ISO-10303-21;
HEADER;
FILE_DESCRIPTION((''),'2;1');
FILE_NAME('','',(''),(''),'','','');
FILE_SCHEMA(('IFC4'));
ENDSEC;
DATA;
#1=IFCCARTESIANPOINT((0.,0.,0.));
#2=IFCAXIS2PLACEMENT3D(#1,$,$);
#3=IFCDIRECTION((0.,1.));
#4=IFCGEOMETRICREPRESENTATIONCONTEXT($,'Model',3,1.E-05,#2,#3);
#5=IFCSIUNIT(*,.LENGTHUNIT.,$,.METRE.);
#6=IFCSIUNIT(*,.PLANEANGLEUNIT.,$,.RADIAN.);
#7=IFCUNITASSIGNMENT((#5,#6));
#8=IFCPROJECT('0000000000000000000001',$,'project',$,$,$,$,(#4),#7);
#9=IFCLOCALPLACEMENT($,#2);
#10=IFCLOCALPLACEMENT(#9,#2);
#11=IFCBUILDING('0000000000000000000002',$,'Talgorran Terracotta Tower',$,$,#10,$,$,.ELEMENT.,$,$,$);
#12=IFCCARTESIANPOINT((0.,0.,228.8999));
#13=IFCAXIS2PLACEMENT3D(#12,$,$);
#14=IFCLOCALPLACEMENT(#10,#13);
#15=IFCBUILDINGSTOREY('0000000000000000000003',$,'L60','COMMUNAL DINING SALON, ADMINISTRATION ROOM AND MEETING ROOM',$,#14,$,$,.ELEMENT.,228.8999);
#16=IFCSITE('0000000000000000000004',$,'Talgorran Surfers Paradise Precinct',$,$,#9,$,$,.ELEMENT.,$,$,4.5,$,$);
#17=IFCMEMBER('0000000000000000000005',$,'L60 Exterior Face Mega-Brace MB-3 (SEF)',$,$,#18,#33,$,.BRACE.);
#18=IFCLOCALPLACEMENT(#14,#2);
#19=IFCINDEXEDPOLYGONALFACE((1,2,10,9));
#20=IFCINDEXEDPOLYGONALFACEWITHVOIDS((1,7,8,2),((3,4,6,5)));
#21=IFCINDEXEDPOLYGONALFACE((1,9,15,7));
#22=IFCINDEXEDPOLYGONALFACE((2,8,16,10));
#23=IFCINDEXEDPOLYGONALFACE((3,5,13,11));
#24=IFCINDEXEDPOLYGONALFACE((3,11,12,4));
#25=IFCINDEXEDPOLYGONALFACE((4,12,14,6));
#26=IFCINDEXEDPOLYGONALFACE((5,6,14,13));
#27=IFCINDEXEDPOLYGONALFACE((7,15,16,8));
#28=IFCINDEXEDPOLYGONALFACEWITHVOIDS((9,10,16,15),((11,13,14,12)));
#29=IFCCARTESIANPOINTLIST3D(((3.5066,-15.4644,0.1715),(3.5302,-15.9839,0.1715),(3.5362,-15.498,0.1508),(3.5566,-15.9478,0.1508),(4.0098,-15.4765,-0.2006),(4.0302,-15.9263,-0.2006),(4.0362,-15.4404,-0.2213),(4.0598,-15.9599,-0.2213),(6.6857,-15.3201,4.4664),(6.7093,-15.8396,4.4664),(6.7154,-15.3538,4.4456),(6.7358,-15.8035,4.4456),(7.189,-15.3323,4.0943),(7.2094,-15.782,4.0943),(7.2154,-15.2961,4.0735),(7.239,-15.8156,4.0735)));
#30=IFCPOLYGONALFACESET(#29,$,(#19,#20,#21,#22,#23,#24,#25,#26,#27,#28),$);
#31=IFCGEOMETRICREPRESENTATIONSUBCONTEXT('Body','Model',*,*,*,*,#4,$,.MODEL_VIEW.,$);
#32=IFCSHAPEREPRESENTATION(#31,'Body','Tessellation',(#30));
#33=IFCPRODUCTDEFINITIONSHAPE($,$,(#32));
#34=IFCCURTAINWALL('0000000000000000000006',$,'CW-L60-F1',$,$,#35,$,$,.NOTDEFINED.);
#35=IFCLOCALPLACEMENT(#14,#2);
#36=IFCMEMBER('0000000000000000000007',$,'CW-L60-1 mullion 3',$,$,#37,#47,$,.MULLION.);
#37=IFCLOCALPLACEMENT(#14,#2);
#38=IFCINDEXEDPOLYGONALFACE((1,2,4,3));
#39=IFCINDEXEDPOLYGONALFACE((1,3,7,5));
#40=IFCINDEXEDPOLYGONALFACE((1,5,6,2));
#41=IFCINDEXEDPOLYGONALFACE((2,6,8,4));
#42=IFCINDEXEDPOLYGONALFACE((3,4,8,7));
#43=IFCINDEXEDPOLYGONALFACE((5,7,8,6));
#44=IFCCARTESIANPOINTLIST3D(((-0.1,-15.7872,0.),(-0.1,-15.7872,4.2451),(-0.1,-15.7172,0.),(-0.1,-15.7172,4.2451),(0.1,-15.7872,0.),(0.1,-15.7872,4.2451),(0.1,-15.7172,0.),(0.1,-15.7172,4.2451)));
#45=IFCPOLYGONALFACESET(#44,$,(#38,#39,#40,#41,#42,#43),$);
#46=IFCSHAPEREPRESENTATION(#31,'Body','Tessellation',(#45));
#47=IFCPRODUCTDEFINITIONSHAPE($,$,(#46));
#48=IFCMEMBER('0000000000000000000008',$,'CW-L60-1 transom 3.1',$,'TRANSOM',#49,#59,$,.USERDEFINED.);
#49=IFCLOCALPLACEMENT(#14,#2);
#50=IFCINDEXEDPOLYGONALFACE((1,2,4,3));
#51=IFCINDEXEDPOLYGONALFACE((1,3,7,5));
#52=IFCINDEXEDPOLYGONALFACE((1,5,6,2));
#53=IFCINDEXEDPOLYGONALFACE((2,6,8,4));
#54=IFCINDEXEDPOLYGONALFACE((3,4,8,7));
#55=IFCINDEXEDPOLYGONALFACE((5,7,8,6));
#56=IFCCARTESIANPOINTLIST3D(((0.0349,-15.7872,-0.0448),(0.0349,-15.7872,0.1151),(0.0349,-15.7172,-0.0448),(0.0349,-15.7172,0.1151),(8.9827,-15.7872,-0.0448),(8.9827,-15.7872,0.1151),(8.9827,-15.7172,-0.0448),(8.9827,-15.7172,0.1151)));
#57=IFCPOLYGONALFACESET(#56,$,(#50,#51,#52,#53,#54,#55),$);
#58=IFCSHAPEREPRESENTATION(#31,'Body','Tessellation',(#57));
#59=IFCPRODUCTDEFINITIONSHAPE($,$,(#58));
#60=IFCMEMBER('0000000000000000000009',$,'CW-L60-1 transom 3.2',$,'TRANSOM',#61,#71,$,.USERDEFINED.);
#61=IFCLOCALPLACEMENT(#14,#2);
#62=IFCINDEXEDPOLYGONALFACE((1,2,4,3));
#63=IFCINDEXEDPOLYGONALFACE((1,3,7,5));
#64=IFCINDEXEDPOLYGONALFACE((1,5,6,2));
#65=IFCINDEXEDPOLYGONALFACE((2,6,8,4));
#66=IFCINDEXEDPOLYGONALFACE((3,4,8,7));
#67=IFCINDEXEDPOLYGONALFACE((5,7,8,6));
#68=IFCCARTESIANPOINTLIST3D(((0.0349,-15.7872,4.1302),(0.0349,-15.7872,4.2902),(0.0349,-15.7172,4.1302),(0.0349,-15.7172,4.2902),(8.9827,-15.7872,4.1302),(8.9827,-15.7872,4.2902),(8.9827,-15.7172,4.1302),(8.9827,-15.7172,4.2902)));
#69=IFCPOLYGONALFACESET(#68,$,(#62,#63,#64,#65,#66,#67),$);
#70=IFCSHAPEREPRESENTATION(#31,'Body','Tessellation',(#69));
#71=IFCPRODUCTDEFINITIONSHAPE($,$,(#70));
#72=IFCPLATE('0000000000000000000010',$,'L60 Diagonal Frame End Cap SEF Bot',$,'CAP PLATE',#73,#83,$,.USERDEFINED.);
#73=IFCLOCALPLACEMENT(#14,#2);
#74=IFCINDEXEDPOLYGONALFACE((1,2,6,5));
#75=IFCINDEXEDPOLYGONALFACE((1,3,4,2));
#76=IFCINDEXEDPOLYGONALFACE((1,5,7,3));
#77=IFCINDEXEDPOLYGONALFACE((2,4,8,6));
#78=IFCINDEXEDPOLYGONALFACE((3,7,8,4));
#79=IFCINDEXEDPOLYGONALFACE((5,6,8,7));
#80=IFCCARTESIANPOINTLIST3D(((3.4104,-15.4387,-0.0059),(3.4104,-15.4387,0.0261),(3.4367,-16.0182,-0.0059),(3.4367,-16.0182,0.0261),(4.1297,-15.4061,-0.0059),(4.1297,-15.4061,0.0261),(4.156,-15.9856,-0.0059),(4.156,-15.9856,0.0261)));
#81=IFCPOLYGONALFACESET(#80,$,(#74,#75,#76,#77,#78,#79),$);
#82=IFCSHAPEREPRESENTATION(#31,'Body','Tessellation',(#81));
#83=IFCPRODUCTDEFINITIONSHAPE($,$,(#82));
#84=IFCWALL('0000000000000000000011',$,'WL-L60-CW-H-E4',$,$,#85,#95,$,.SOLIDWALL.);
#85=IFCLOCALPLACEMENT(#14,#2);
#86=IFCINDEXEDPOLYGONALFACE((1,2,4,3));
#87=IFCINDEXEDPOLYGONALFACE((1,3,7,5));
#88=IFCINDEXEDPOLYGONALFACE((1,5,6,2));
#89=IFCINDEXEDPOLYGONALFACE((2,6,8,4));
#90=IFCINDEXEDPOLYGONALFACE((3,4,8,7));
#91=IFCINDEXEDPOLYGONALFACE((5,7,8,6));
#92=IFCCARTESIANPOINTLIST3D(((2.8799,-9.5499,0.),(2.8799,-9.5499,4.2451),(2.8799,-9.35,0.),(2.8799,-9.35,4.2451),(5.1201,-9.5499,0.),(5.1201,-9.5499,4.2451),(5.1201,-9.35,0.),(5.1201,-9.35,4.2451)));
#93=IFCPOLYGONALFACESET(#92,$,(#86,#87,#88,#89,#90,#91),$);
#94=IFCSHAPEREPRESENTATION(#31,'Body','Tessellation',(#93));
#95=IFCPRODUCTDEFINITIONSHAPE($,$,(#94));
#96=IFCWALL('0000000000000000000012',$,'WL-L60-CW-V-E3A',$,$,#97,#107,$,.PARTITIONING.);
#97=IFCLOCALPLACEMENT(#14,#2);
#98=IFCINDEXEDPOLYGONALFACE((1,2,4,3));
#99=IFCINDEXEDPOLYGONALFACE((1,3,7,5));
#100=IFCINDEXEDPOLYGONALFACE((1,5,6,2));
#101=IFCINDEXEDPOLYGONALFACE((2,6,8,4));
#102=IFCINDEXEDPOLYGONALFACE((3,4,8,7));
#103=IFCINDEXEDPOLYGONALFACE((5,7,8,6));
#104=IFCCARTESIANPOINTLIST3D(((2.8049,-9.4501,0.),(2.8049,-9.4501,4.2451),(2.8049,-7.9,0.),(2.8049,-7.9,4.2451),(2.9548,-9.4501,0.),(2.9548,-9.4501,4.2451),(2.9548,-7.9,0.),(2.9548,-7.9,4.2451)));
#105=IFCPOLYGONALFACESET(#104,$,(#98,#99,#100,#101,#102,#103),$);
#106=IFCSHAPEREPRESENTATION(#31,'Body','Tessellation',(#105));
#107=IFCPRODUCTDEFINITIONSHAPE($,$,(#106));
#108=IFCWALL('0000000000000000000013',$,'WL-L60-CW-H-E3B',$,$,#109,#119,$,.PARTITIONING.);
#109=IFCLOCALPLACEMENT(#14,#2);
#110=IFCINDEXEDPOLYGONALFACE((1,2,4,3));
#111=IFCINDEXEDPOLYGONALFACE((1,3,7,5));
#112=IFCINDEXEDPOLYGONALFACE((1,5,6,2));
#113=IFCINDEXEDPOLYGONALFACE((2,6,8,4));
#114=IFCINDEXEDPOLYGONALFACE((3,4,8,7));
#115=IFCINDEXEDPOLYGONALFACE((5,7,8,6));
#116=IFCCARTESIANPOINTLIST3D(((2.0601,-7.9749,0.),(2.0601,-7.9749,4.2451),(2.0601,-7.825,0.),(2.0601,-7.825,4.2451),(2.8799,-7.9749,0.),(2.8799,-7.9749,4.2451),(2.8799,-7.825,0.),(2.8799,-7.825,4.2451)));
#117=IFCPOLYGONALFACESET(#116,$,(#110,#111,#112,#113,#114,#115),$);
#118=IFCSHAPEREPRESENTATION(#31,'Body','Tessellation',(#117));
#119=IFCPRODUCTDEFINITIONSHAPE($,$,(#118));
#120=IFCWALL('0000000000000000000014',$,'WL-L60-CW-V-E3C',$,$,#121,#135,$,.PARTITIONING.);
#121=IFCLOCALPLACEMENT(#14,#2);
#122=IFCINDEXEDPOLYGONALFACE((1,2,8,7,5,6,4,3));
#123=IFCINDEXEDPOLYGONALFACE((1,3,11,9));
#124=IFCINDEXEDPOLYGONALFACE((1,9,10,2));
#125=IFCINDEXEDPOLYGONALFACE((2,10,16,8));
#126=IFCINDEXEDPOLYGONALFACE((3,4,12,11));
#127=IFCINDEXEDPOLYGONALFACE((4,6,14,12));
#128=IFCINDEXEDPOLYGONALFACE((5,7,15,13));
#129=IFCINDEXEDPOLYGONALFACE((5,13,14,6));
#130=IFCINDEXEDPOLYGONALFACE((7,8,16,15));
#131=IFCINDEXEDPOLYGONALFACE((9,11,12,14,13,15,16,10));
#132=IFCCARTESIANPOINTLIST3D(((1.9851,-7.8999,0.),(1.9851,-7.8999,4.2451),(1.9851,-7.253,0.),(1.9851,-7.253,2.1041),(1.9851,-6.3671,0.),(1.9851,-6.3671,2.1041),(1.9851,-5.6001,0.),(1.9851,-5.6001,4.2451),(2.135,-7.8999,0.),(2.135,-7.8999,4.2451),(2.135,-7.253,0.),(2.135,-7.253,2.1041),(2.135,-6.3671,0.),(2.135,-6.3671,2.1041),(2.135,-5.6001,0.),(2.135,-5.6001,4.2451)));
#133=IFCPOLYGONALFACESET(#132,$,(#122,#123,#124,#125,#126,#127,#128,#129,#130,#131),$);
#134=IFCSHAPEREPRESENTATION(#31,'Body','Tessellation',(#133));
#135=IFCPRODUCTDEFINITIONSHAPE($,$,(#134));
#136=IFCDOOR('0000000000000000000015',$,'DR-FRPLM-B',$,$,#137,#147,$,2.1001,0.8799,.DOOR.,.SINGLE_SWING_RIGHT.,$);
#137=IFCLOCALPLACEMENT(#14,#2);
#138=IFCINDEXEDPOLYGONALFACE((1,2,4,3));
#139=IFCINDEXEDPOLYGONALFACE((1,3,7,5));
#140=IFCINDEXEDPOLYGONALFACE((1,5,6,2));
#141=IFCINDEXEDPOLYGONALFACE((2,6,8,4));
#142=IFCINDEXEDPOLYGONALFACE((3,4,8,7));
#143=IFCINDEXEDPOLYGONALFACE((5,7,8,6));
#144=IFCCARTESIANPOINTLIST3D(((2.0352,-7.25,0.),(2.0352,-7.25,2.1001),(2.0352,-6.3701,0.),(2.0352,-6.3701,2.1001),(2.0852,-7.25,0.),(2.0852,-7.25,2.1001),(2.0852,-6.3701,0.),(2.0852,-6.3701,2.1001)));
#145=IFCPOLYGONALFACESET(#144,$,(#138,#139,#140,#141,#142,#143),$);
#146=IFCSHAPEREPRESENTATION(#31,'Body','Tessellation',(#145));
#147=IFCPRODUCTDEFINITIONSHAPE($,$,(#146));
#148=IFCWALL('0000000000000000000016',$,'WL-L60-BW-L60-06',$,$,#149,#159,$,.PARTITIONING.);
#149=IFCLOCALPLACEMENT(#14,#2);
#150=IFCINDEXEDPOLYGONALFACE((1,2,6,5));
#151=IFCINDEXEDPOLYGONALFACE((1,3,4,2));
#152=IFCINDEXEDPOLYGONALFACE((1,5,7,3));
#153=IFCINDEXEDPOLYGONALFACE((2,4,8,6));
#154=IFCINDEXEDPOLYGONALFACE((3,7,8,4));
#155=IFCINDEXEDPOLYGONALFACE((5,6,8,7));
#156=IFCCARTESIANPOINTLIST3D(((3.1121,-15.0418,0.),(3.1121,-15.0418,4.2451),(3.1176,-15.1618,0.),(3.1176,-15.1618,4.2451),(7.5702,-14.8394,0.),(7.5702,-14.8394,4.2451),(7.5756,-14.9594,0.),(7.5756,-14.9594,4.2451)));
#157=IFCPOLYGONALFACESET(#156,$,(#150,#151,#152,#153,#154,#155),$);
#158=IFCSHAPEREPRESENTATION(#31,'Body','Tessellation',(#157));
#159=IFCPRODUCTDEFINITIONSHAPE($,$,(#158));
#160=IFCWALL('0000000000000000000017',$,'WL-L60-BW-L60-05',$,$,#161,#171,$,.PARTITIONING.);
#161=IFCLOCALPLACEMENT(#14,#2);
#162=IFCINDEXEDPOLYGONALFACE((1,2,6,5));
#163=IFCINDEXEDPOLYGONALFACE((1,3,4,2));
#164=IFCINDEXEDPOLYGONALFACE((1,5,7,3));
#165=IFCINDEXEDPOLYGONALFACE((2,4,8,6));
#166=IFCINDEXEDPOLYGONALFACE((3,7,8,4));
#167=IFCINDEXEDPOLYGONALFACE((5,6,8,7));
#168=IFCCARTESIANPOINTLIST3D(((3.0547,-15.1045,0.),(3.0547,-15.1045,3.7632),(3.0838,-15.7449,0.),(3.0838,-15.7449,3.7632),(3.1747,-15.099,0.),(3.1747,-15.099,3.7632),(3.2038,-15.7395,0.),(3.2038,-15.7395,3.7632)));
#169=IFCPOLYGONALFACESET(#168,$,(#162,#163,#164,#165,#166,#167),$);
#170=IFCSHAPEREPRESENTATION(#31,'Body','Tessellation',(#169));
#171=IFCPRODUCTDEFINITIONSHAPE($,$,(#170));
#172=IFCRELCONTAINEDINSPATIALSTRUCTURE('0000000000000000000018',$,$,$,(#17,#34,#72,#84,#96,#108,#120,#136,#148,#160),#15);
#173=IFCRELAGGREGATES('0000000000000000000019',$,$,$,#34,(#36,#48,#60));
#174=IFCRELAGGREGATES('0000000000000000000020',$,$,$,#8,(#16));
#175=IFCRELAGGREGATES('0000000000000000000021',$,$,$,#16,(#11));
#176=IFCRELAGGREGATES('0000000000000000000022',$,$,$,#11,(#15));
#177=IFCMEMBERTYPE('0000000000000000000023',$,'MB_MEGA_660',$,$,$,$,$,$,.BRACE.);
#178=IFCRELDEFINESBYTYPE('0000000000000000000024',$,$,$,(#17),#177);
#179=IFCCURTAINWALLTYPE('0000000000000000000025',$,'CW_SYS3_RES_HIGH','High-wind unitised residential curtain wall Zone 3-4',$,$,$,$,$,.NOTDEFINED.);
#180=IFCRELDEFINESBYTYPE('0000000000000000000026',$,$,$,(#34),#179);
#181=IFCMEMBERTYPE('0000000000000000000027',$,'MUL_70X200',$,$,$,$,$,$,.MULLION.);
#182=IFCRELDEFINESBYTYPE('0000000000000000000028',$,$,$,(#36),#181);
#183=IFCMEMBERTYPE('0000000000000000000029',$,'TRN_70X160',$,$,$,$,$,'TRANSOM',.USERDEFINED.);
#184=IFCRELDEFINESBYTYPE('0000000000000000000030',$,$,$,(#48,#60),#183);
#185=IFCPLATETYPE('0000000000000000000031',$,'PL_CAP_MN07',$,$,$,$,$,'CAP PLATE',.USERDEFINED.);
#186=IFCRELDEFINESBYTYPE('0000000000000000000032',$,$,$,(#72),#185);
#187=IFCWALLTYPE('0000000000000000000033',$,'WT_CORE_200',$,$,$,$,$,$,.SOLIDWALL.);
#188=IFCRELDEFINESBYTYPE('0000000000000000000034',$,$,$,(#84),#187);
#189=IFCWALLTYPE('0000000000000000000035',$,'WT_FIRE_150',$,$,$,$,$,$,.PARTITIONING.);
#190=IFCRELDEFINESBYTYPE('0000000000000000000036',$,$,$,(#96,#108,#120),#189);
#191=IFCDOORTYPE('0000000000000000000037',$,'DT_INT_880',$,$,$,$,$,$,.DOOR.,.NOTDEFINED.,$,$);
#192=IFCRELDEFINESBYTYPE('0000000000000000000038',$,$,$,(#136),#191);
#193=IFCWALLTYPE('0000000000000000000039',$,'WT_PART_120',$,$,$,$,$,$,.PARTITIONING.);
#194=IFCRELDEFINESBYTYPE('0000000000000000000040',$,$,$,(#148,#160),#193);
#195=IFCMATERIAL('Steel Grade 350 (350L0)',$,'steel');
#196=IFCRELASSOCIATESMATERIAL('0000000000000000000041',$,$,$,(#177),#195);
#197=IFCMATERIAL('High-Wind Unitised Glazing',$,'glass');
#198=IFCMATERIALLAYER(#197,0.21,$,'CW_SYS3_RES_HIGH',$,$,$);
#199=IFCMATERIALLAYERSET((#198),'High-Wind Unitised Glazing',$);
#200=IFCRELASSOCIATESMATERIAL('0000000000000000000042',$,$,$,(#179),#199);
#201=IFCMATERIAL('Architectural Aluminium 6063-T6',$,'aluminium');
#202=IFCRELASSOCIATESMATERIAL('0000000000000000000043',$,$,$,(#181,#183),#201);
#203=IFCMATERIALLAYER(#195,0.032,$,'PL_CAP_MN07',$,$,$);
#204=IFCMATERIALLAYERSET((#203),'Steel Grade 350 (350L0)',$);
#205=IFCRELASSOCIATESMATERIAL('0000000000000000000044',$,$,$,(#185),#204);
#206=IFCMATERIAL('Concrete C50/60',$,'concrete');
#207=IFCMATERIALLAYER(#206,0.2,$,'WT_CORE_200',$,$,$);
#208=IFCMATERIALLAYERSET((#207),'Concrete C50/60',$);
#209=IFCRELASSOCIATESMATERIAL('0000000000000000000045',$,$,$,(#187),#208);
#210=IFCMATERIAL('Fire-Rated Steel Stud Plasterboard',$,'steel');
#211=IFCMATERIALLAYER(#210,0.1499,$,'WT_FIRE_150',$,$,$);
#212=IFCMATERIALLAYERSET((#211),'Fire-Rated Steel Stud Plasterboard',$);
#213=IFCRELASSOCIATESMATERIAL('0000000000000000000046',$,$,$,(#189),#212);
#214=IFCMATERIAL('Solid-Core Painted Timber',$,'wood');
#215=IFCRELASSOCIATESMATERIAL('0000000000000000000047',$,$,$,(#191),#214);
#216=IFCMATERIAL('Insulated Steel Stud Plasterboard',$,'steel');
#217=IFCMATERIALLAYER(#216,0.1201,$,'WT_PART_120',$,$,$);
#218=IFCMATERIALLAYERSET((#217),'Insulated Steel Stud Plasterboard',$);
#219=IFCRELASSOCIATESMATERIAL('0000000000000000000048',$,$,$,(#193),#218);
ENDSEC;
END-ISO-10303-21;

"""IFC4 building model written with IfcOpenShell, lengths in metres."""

from ifc_helpers import new_model, si_unit, direction, frame, frame_2d, origin, origin_2d, place, context, subcontext, project, spatial, rectangle, hollow_rectangle, extrude, material, layer, layer_set, material_profile, profile_set, type_object, element, fill, aggregate, save


model = new_model("IFC4")

# Units and contexts
model_context = context("Model", 3, precision=1e-05, world=origin(), true_north=direction((0.0, 1.0)))
body_context = subcontext(model_context, "Body", "Model", "MODEL_VIEW")
ifc_project = project(units=[si_unit("LENGTHUNIT", "METRE"), si_unit("PLANEANGLEUNIT", "RADIAN")], contexts=[model_context])

# Site, building, storey
site_placement = place(None, origin())
site = spatial("IfcSite", under=ifc_project, at=site_placement, Name="Talgorran Surfers Paradise Precinct", CompositionType="ELEMENT", RefElevation=4.5)
building_placement = place(site_placement, origin())
building = spatial("IfcBuilding", under=site, at=building_placement, Name="Talgorran Terracotta Tower", CompositionType="ELEMENT")
storey_placement = place(building_placement, frame((0.0, 0.0, 228.8999)))
storey = spatial("IfcBuildingStorey", under=building, at=storey_placement, Name="L60", Description="COMMUNAL DINING SALON, ADMINISTRATION ROOM AND MEETING ROOM", CompositionType="ELEMENT", Elevation=228.8999)

# Member
ifc_material_1 = material(Name="Steel Grade 350 (350L0)", Category="steel")
ifc_material_profile_1 = material_profile(ifc_material_1, hollow_rectangle(XDim=0.52, YDim=0.6599, WallThickness=0.0349, at=origin_2d()), Name="WBOX660X520X35")
ifc_profile_set_1 = profile_set([ifc_material_profile_1], Name="Steel Grade 350 (350L0)")
member_type_1 = type_object("IfcMemberType", Name="MB_MEGA_660", PredefinedType="BRACE", material=ifc_profile_set_1)
member_1_placement = place(storey_placement, frame((3.7832, -15.7122, -0.0249), z_axis=(0.594742, 0.026992, 0.803463), x_axis=(-0.045338, 0.998972, 0.0)))
element("IfcMember", 1, at=member_1_placement, inside=storey, type_object=member_type_1, Name="L60 Exterior Face Mega-Brace MB-3 (SEF)", PredefinedType="BRACE", context=body_context, shape_type="SweptSolid", body=[
    extrude(hollow_rectangle(XDim=0.52, YDim=0.6599, WallThickness=0.0349, at=origin_2d()), origin(), (0.0, 0.0, 1.0), 5.3455),
])

# Curtain wall, members
ifc_material_2 = material(Name="High-Wind Unitised Glazing", Category="glass")
ifc_layer_1 = layer(ifc_material_2, 0.21, Name="CW_SYS3_RES_HIGH")
ifc_layer_set_1 = layer_set([ifc_layer_1], Name="High-Wind Unitised Glazing")
curtain_wall_type = type_object("IfcCurtainWallType", Name="CW_SYS3_RES_HIGH", Description="High-wind unitised residential curtain wall Zone 3-4", PredefinedType="NOTDEFINED", material=ifc_layer_set_1)
curtain_wall_placement = place(storey_placement, origin())
curtain_wall = element("IfcCurtainWall", 2, at=curtain_wall_placement, inside=storey, type_object=curtain_wall_type, Name="CW-L60-F1", PredefinedType="NOTDEFINED")
ifc_material_3 = material(Name="Architectural Aluminium 6063-T6", Category="aluminium")
ifc_material_profile_2 = material_profile(ifc_material_3, rectangle(XDim=0.0701, YDim=0.2, at=origin_2d()), Name="CWM70X200")
ifc_profile_set_2 = profile_set([ifc_material_profile_2], Name="Architectural Aluminium 6063-T6")
member_type_2 = type_object("IfcMemberType", Name="MUL_70X200", PredefinedType="MULLION", material=ifc_profile_set_2)
member_2_placement = place(storey_placement, frame((0.0, -15.7522, 0.0), z_axis=(0.0, 0.0, 1.0), x_axis=(0.0, 1.0, 0.0)))
member_2 = element("IfcMember", 3, at=member_2_placement, type_object=member_type_2, Name="CW-L60-1 mullion 3", PredefinedType="MULLION", context=body_context, shape_type="SweptSolid", body=[
    extrude(rectangle(XDim=0.0701, YDim=0.2, at=origin_2d()), origin(), (0.0, 0.0, 1.0), 4.2451),
])
ifc_material_profile_3 = material_profile(ifc_material_3, rectangle(XDim=0.0701, YDim=0.1599, at=origin_2d()), Name="CWT70X160")
ifc_profile_set_3 = profile_set([ifc_material_profile_3], Name="Architectural Aluminium 6063-T6")
member_type_3 = type_object("IfcMemberType", Name="TRN_70X160", ElementType="TRANSOM", PredefinedType="USERDEFINED", material=ifc_profile_set_3)
member_3_placement = place(storey_placement, frame((0.0349, -15.7522, 0.0352), z_axis=(1.0, 0.0, 0.0), x_axis=(0.0, 1.0, 0.0)))
member_3 = element("IfcMember", 4, at=member_3_placement, type_object=member_type_3, Name="CW-L60-1 transom 3.1", ObjectType="TRANSOM", PredefinedType="USERDEFINED", context=body_context, shape_type="SweptSolid", body=[
    extrude(rectangle(XDim=0.0701, YDim=0.1599, at=origin_2d()), origin(), (0.0, 0.0, 1.0), 8.9478),
])
member_4_placement = place(storey_placement, frame((0.0349, -15.7522, 4.2102), z_axis=(1.0, 0.0, 0.0), x_axis=(0.0, 1.0, 0.0)))
member_4 = element("IfcMember", 5, at=member_4_placement, type_object=member_type_3, Name="CW-L60-1 transom 3.2", ObjectType="TRANSOM", PredefinedType="USERDEFINED", context=body_context, shape_type="SweptSolid", body=[
    extrude(rectangle(XDim=0.0701, YDim=0.1599, at=origin_2d()), origin(), (0.0, 0.0, 1.0), 8.9478),
])
aggregate(curtain_wall, [member_2, member_3, member_4])

# Plate
ifc_layer_2 = layer(ifc_material_1, 0.032, Name="PL_CAP_MN07")
ifc_layer_set_2 = layer_set([ifc_layer_2], Name="Steel Grade 350 (350L0)")
plate_type = type_object("IfcPlateType", Name="PL_CAP_MN07", ElementType="CAP PLATE", PredefinedType="USERDEFINED", material=ifc_layer_set_2)
plate_placement = place(storey_placement, frame((3.7832, -15.7122, -0.0059), z_axis=(0.0, 0.0, 1.0), x_axis=(0.998971, 0.045363, 0.0)))
element("IfcPlate", 6, at=plate_placement, inside=storey, type_object=plate_type, Name="L60 Diagonal Frame End Cap SEF Bot", ObjectType="CAP PLATE", PredefinedType="USERDEFINED", context=body_context, shape_type="SweptSolid", body=[
    extrude(rectangle(XDim=0.72, YDim=0.5801, at=origin_2d()), origin(), (0.0, 0.0, 1.0), 0.032),
])

# Walls
ifc_material_4 = material(Name="Concrete C50/60", Category="concrete")
ifc_layer_3 = layer(ifc_material_4, 0.2, Name="WT_CORE_200")
ifc_layer_set_3 = layer_set([ifc_layer_3], Name="Concrete C50/60")
wall_type_1 = type_object("IfcWallType", Name="WT_CORE_200", PredefinedType="SOLIDWALL", material=ifc_layer_set_3)
wall_1_placement = place(storey_placement, frame((2.8799, -9.45, 0.0), z_axis=(0.0, 0.0, 1.0), x_axis=(1.0, 0.0, 0.0)))
element("IfcWall", 7, at=wall_1_placement, inside=storey, type_object=wall_type_1, Name="WL-L60-CW-H-E4", PredefinedType="SOLIDWALL", context=body_context, shape_type="SweptSolid", body=[
    extrude(rectangle(XDim=2.2402, YDim=0.2, at=frame_2d((1.1201, 0.0))), origin(), (0.0, 0.0, 1.0), 4.2451),
])
ifc_material_5 = material(Name="Fire-Rated Steel Stud Plasterboard", Category="steel")
ifc_layer_4 = layer(ifc_material_5, 0.1499, Name="WT_FIRE_150")
ifc_layer_set_4 = layer_set([ifc_layer_4], Name="Fire-Rated Steel Stud Plasterboard")
wall_type_2 = type_object("IfcWallType", Name="WT_FIRE_150", PredefinedType="PARTITIONING", material=ifc_layer_set_4)
wall_2_placement = place(storey_placement, frame((2.8799, -9.45, 0.0), z_axis=(0.0, 0.0, 1.0), x_axis=(0.0, 1.0, 0.0)))
element("IfcWall", 8, at=wall_2_placement, inside=storey, type_object=wall_type_2, Name="WL-L60-CW-V-E3A", PredefinedType="PARTITIONING", context=body_context, shape_type="SweptSolid", body=[
    extrude(rectangle(XDim=1.55, YDim=0.1499, at=frame_2d((0.7749, 0.0))), origin(), (0.0, 0.0, 1.0), 4.2451),
])
wall_3_placement = place(storey_placement, frame((2.0601, -7.8999, 0.0), z_axis=(0.0, 0.0, 1.0), x_axis=(1.0, 0.0, 0.0)))
element("IfcWall", 9, at=wall_3_placement, inside=storey, type_object=wall_type_2, Name="WL-L60-CW-H-E3B", PredefinedType="PARTITIONING", context=body_context, shape_type="SweptSolid", body=[
    extrude(rectangle(XDim=0.8198, YDim=0.1499, at=frame_2d((0.4099, 0.0))), origin(), (0.0, 0.0, 1.0), 4.2451),
])

# Wall, opening, door
wall_4_placement = place(storey_placement, frame((2.0601, -7.8999, 0.0), z_axis=(0.0, 0.0, 1.0), x_axis=(0.0, 1.0, 0.0)))
wall_4 = element("IfcWall", 10, at=wall_4_placement, inside=storey, type_object=wall_type_2, Name="WL-L60-CW-V-E3C", PredefinedType="PARTITIONING", context=body_context, shape_type="SweptSolid", body=[
    extrude(rectangle(XDim=2.2998, YDim=0.1499, at=frame_2d((1.1499, 0.0))), origin(), (0.0, 0.0, 1.0), 4.2451),
])
opening_placement = place(wall_4_placement, frame((0.6499, 0.0, 0.0)))
opening = element("IfcOpeningElement", 11, at=opening_placement, cuts=wall_4, PredefinedType="OPENING", context=body_context, shape_type="SweptSolid", body=[
    extrude(rectangle(XDim=0.8859, YDim=2.1041, at=frame_2d((0.4399, 1.052))), frame((0.0, 0.085, 0.0), z_axis=(0.0, -1.0, 0.0), x_axis=(1.0, 0.0, 0.0)), (0.0, 0.0, 1.0), 0.1699),
])
ifc_material_6 = material(Name="Solid-Core Painted Timber", Category="wood")
door_type = type_object("IfcDoorType", Name="DT_INT_880", OperationType="NOTDEFINED", PredefinedType="DOOR", material=ifc_material_6)
door_placement = place(opening_placement, origin())
door = element("IfcDoor", 12, at=door_placement, inside=storey, type_object=door_type, Name="DR-FRPLM-B", OperationType="SINGLE_SWING_RIGHT", OverallHeight=2.1001, OverallWidth=0.8799, PredefinedType="DOOR", context=body_context, shape_type="SweptSolid", body=[
    extrude(rectangle(XDim=0.8799, YDim=2.1001, at=frame_2d((0.4399, 1.05))), frame((0.0, 0.0249, 0.0), z_axis=(0.0, -1.0, 0.0), x_axis=(1.0, 0.0, 0.0)), (0.0, 0.0, 1.0), 0.05),
])
fill(opening, door)

# Walls
ifc_material_7 = material(Name="Insulated Steel Stud Plasterboard", Category="steel")
ifc_layer_5 = layer(ifc_material_7, 0.1201, Name="WT_PART_120")
ifc_layer_set_5 = layer_set([ifc_layer_5], Name="Insulated Steel Stud Plasterboard")
wall_type_3 = type_object("IfcWallType", Name="WT_PART_120", PredefinedType="PARTITIONING", material=ifc_layer_set_5)
wall_5_placement = place(storey_placement, frame((3.1147, -15.1018, 0.0), z_axis=(0.0, 0.0, 1.0), x_axis=(0.998971, 0.045353, 0.0)))
element("IfcWall", 13, at=wall_5_placement, inside=storey, type_object=wall_type_3, Name="WL-L60-BW-L60-06", PredefinedType="PARTITIONING", context=body_context, shape_type="SweptSolid", body=[
    extrude(rectangle(XDim=4.4626, YDim=0.1201, at=frame_2d((2.2314, 0.0))), origin(), (0.0, 0.0, 1.0), 4.2451),
])
wall_6_placement = place(storey_placement, frame((3.1438, -15.7422, 0.0), z_axis=(0.0, 0.0, 1.0), x_axis=(-0.045321, 0.998972, 0.0)))
element("IfcWall", 14, at=wall_6_placement, inside=storey, type_object=wall_type_3, Name="WL-L60-BW-L60-05", PredefinedType="PARTITIONING", context=body_context, shape_type="SweptSolid", body=[
    extrude(rectangle(XDim=0.6411, YDim=0.1201, at=frame_2d((0.3206, 0.0))), origin(), (0.0, 0.0, 1.0), 3.7632),
])

save(model, "model.ifc")
